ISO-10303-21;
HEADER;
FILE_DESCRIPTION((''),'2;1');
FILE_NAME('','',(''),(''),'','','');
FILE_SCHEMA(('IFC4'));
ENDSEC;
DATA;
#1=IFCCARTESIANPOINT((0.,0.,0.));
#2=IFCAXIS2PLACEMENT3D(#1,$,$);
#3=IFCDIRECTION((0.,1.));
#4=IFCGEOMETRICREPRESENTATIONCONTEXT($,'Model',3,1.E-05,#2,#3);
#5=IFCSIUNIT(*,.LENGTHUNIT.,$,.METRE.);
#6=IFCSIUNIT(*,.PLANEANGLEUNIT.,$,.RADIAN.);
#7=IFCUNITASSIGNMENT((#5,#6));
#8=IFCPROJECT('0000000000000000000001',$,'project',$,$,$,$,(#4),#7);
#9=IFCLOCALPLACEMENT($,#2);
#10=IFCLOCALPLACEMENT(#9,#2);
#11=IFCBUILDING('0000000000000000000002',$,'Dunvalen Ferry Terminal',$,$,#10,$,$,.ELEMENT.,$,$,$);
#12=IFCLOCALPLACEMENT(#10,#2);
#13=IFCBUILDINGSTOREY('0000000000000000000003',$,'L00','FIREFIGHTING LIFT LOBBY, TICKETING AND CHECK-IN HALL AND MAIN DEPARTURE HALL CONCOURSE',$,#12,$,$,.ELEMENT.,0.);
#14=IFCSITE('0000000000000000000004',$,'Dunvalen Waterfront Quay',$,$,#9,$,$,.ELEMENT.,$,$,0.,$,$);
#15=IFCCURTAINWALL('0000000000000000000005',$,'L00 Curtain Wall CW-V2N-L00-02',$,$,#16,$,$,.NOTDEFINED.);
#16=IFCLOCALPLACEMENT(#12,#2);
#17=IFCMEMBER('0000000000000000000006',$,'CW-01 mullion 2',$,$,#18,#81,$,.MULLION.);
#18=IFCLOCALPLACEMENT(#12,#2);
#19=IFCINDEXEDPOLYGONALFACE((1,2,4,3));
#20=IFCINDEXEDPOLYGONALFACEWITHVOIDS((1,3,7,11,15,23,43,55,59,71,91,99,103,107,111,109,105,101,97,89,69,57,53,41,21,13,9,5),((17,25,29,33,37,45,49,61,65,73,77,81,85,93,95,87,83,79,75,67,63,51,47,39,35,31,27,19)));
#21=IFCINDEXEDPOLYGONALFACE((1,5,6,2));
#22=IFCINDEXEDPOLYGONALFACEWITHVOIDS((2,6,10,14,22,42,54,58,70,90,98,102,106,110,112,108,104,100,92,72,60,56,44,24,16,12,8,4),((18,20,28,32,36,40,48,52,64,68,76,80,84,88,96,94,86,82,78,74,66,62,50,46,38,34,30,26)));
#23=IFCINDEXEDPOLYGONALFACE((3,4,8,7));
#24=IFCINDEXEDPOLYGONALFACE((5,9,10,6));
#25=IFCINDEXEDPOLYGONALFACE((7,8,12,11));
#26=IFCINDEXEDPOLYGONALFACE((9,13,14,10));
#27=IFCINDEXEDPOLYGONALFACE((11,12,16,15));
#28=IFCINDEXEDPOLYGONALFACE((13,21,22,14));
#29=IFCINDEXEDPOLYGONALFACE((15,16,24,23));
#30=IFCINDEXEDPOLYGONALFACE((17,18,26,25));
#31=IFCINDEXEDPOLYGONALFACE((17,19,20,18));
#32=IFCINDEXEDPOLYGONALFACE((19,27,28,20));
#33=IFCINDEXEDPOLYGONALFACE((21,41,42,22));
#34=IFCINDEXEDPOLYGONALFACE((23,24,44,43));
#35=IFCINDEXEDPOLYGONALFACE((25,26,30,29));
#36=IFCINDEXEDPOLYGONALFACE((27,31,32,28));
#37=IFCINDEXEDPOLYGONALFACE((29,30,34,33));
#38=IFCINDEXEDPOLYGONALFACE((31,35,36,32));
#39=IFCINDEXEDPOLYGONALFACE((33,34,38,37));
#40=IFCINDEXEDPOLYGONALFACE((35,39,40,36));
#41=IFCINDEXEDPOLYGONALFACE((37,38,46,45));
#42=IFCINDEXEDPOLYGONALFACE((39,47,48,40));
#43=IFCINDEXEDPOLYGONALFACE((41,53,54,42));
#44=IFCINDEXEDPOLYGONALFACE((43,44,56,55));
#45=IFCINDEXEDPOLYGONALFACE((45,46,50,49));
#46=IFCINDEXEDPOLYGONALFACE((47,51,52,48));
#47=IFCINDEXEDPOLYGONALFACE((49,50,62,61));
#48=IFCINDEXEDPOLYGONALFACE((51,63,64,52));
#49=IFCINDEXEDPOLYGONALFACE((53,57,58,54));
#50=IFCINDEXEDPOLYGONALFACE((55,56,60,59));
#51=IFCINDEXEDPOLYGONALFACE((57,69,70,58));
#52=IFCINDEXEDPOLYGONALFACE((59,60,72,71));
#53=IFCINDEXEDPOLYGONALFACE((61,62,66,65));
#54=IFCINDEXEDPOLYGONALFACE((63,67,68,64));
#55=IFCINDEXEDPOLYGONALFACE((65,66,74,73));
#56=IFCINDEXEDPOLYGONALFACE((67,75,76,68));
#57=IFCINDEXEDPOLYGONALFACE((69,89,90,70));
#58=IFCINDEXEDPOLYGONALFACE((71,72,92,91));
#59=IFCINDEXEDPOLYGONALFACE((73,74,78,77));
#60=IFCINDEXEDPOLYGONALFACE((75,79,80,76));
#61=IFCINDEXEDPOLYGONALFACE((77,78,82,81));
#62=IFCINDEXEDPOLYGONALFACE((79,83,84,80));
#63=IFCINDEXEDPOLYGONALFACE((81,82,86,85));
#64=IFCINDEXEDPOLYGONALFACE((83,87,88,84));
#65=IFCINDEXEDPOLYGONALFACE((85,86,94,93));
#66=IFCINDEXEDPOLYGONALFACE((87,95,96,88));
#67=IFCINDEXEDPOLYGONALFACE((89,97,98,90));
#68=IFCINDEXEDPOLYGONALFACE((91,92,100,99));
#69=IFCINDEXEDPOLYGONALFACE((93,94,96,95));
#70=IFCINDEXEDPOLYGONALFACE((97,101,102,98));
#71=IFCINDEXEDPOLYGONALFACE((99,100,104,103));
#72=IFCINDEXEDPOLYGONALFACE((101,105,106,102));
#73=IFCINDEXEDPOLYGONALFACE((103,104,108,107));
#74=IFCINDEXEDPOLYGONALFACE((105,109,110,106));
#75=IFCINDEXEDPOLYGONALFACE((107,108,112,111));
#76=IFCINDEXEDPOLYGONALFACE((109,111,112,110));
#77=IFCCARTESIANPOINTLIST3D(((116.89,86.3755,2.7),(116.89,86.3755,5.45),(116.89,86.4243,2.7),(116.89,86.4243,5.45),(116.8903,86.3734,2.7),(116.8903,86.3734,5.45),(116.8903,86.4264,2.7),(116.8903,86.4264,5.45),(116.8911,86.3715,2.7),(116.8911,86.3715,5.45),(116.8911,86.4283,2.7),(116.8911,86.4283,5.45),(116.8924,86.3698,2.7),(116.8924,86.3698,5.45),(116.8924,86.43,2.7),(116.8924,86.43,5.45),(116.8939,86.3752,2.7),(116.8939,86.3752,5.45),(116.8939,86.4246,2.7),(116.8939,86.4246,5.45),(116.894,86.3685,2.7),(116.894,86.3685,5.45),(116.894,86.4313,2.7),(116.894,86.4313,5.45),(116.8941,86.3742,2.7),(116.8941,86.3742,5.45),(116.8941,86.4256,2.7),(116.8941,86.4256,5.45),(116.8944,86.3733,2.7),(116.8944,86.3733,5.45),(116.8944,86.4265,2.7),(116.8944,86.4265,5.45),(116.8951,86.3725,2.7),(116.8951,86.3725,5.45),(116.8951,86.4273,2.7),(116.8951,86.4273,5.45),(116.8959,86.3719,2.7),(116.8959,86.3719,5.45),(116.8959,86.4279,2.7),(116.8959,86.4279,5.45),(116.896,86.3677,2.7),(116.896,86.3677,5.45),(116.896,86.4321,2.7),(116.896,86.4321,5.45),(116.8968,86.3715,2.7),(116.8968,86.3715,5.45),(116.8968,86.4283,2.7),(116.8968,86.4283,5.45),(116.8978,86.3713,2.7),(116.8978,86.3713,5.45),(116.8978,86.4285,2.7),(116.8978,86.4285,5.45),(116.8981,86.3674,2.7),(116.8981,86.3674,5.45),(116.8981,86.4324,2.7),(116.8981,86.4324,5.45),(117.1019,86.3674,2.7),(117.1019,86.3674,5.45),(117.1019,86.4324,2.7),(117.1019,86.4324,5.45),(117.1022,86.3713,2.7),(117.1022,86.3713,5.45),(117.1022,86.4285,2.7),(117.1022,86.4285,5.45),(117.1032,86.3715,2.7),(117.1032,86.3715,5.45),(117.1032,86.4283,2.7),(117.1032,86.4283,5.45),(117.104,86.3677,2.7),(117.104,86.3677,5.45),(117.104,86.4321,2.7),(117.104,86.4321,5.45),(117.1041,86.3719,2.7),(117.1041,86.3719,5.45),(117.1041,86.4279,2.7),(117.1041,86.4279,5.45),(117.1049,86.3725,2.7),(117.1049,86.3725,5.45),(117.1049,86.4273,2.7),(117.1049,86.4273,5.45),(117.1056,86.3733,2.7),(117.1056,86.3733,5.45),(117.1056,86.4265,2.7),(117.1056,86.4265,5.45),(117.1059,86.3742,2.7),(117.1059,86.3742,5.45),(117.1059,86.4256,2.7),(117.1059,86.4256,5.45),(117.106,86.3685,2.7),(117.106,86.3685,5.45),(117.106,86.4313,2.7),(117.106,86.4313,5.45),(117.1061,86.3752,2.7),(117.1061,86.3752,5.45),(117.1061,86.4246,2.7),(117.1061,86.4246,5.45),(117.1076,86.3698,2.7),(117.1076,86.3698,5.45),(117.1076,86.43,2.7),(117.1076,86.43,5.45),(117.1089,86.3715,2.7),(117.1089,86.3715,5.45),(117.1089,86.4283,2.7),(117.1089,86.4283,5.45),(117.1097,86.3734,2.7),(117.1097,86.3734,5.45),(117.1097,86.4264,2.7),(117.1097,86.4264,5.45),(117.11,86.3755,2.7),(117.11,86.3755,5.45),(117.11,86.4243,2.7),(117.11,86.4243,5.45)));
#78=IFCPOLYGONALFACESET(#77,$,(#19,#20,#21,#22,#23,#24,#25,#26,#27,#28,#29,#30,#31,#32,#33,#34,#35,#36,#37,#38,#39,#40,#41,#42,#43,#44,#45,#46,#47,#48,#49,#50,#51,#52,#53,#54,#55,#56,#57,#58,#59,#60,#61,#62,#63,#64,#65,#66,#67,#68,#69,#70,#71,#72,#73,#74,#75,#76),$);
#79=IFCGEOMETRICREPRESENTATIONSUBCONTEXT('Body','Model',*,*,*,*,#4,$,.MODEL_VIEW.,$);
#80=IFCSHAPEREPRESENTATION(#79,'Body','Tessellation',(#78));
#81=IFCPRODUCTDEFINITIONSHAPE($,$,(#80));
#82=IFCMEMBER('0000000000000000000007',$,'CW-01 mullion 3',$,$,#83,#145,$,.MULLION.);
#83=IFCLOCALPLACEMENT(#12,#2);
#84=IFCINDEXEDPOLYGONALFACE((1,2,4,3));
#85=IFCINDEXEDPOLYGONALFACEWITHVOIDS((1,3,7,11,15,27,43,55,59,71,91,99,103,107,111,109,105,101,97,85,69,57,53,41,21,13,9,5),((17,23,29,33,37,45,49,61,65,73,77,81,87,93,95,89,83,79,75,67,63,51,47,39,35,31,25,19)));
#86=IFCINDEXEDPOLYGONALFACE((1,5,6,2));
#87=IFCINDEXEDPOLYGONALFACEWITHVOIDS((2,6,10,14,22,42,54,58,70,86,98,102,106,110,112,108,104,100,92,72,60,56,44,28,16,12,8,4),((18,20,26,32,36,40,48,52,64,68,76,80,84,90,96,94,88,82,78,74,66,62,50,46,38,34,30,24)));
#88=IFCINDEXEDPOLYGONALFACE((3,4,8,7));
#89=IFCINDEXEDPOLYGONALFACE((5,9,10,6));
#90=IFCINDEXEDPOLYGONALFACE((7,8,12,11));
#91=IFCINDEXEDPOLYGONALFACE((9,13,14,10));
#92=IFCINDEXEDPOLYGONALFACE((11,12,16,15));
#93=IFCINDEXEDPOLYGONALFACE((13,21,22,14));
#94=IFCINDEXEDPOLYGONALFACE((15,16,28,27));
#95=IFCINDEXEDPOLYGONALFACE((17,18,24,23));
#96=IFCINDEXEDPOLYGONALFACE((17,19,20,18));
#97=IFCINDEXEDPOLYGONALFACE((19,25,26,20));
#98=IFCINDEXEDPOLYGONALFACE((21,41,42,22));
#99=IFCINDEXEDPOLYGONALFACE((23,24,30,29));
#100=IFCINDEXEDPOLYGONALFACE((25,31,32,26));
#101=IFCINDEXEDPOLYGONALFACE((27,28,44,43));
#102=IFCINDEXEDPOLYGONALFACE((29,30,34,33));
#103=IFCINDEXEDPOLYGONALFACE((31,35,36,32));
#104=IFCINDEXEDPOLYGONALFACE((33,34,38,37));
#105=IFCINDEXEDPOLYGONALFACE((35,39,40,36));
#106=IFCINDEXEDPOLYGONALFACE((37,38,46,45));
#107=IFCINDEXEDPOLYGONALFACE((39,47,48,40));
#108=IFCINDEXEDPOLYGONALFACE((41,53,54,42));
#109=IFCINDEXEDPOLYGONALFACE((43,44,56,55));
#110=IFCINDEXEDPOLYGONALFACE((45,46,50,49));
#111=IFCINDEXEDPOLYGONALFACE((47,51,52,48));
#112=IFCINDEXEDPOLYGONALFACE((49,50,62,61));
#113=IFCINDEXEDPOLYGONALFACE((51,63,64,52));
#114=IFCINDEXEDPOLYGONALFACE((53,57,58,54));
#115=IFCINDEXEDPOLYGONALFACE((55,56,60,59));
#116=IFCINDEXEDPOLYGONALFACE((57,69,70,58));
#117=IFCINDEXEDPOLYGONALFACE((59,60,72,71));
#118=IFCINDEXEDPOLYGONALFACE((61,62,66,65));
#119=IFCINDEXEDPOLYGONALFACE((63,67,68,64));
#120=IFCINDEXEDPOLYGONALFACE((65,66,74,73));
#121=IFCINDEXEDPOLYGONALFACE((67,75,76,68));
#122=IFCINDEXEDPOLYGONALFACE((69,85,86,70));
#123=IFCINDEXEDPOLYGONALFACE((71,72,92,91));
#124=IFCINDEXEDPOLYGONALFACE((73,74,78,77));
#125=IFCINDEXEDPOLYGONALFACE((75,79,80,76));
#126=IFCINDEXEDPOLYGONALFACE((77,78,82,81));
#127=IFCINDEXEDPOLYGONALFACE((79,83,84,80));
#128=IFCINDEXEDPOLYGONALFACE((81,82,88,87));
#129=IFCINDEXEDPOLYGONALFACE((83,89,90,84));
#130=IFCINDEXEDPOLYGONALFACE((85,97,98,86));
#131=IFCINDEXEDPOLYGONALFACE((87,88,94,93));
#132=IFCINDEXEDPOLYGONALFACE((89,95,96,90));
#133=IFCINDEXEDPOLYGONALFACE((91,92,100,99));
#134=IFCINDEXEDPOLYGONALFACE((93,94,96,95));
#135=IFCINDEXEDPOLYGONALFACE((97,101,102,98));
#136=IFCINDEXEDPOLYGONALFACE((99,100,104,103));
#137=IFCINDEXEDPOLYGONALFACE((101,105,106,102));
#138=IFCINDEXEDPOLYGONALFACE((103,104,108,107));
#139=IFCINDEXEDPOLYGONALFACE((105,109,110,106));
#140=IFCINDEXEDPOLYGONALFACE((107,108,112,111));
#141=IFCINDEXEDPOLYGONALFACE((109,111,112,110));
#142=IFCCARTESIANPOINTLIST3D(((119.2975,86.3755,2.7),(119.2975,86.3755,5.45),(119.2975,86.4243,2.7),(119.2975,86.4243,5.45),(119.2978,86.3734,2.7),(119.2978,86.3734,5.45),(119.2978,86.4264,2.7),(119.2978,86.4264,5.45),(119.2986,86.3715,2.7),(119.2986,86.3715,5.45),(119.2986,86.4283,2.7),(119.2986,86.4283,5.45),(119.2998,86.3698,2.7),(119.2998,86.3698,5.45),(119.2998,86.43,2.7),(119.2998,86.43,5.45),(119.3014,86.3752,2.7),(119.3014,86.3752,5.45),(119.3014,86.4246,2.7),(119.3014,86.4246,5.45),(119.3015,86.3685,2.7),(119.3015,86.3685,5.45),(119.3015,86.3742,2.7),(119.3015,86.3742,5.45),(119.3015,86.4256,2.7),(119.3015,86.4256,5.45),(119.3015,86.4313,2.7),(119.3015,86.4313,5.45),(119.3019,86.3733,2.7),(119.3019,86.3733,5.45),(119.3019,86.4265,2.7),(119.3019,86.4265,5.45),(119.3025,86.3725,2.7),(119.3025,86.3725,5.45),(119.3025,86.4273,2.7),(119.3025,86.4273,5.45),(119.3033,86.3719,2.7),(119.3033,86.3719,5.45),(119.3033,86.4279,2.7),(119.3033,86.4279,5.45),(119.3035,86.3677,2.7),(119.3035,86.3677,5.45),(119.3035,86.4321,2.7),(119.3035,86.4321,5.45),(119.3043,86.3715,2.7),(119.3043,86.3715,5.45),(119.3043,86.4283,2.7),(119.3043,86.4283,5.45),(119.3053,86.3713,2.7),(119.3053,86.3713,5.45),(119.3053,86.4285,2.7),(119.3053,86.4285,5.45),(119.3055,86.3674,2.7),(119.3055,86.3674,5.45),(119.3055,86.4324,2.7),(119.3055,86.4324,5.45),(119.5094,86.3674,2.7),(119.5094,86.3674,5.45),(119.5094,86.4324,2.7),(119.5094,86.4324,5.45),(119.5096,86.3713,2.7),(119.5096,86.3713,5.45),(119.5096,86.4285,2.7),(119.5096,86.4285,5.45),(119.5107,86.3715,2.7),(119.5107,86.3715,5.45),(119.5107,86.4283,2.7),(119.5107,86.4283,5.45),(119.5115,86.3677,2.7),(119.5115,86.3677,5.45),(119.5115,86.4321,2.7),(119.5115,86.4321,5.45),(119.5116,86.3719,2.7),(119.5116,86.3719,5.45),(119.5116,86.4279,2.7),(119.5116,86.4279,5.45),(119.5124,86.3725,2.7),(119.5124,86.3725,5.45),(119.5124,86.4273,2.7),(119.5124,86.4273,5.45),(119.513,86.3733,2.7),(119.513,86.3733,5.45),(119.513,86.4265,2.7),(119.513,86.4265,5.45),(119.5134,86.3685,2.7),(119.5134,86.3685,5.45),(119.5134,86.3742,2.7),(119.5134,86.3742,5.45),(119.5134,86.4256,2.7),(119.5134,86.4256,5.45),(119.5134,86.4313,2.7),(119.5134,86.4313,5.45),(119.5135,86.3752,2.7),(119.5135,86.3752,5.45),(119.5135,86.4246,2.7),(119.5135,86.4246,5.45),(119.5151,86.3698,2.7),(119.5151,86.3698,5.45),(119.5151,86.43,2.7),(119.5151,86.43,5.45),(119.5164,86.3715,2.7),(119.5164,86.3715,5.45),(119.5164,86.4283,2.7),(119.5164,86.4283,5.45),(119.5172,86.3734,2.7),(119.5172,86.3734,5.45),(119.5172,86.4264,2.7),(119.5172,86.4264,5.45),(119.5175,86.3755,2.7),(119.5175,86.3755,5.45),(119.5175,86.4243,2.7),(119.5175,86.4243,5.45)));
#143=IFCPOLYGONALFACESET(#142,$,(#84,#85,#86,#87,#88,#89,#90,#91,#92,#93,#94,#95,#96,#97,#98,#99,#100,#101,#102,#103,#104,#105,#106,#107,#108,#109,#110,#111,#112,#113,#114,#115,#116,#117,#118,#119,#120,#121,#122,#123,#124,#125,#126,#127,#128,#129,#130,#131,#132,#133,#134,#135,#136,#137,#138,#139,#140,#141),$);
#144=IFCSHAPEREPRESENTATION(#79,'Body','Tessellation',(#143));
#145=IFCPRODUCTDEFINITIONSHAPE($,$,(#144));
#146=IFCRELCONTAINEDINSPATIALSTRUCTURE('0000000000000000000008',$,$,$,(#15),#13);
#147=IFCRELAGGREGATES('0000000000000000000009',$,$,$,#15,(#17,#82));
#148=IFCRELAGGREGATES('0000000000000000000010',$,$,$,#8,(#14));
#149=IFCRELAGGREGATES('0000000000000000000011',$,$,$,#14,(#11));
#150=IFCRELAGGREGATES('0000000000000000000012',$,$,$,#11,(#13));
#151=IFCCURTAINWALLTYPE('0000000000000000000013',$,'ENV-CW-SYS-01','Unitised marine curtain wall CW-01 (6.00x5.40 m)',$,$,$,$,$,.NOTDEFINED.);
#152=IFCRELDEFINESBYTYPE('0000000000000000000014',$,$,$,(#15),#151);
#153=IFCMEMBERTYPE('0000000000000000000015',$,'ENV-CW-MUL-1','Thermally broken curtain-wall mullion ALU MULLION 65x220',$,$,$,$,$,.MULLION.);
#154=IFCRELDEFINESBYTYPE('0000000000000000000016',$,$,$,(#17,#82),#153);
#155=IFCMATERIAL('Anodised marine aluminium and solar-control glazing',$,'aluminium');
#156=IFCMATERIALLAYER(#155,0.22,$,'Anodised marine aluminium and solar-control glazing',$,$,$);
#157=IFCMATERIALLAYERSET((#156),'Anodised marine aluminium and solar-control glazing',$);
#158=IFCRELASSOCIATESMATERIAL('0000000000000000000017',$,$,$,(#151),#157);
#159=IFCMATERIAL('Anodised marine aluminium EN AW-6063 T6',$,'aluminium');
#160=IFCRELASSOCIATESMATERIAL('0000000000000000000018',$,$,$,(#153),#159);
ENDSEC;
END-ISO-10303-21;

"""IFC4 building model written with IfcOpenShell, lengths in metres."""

from ifc_helpers import new_model, si_unit, direction, frame, origin, origin_2d, place, context, subcontext, project, spatial, hollow_rectangle, extrude, material, layer, layer_set, material_profile, profile_set, type_object, element, aggregate, save


model = new_model("IFC4")

# Units and contexts
model_context = context("Model", 3, precision=1e-05, world=origin(), true_north=direction((0.0, 1.0)))
body_context = subcontext(model_context, "Body", "Model", "MODEL_VIEW")
ifc_project = project(units=[si_unit("LENGTHUNIT", "METRE"), si_unit("PLANEANGLEUNIT", "RADIAN")], contexts=[model_context])

# Site, building, storey
site_placement = place(None, origin())
site = spatial("IfcSite", under=ifc_project, at=site_placement, Name="Dunvalen Waterfront Quay", CompositionType="ELEMENT", RefElevation=0.0)
building_placement = place(site_placement, origin())
building = spatial("IfcBuilding", under=site, at=building_placement, Name="Dunvalen Ferry Terminal", CompositionType="ELEMENT")
storey_placement = place(building_placement, origin())
storey = spatial("IfcBuildingStorey", under=building, at=storey_placement, Name="L00", Description="FIREFIGHTING LIFT LOBBY, TICKETING AND CHECK-IN HALL AND MAIN DEPARTURE HALL CONCOURSE", CompositionType="ELEMENT", Elevation=0.0)

# Curtain wall, members
ifc_material_1 = material(Name="Anodised marine aluminium and solar-control glazing", Category="aluminium")
ifc_layer_1 = layer(ifc_material_1, 0.22, Name="Anodised marine aluminium and solar-control glazing")
ifc_layer_set_1 = layer_set([ifc_layer_1], Name="Anodised marine aluminium and solar-control glazing")
curtain_wall_type = type_object("IfcCurtainWallType", Name="ENV-CW-SYS-01", Description="Unitised marine curtain wall CW-01 (6.00x5.40 m)", PredefinedType="NOTDEFINED", material=ifc_layer_set_1)
curtain_wall_1_placement = place(storey_placement, origin())
curtain_wall_1 = element("IfcCurtainWall", 1, at=curtain_wall_1_placement, inside=storey, type_object=curtain_wall_type, Name="L00 Curtain Wall CW-V2N-L00-02", PredefinedType="NOTDEFINED")
ifc_material_2 = material(Name="Anodised marine aluminium EN AW-6063 T6", Category="aluminium")
ifc_material_profile_1 = material_profile(ifc_material_2, hollow_rectangle(XDim=0.0649, YDim=0.22, WallThickness=0.0039, InnerFilletRadius=0.0039, OuterFilletRadius=0.0081, at=origin_2d()), Name="Anodised marine aluminium EN AW-6063 T6")
ifc_profile_set_1 = profile_set([ifc_material_profile_1], Name="Anodised marine aluminium EN AW-6063 T6")
member_type_1 = type_object("IfcMemberType", Name="ENV-CW-MUL-1", Description="Thermally broken curtain-wall mullion ALU MULLION 65x220", PredefinedType="MULLION", material=ifc_profile_set_1)
member_1_placement = place(storey_placement, frame((117.0, 86.3999, 2.7), z_axis=(0.0, 0.0, 1.0), x_axis=(0.0, 1.0, 0.0)))
member_1 = element("IfcMember", 2, at=member_1_placement, type_object=member_type_1, Name="CW-01 mullion 2", PredefinedType="MULLION", context=body_context, shape_type="SweptSolid", body=[
    extrude(hollow_rectangle(XDim=0.0649, YDim=0.22, WallThickness=0.0039, InnerFilletRadius=0.0039, OuterFilletRadius=0.0081, at=origin_2d()), origin(), (0.0, 0.0, 1.0), 2.75),
])
member_2_placement = place(storey_placement, frame((119.4075, 86.3999, 2.7), z_axis=(0.0, 0.0, 1.0), x_axis=(0.0, 1.0, 0.0)))
member_2 = element("IfcMember", 3, at=member_2_placement, type_object=member_type_1, Name="CW-01 mullion 3", PredefinedType="MULLION", context=body_context, shape_type="SweptSolid", body=[
    extrude(hollow_rectangle(XDim=0.0649, YDim=0.22, WallThickness=0.0039, InnerFilletRadius=0.0039, OuterFilletRadius=0.0081, at=origin_2d()), origin(), (0.0, 0.0, 1.0), 2.75),
])

aggregate(curtain_wall_1, [member_1, member_2])

save(model, "model.ifc")
